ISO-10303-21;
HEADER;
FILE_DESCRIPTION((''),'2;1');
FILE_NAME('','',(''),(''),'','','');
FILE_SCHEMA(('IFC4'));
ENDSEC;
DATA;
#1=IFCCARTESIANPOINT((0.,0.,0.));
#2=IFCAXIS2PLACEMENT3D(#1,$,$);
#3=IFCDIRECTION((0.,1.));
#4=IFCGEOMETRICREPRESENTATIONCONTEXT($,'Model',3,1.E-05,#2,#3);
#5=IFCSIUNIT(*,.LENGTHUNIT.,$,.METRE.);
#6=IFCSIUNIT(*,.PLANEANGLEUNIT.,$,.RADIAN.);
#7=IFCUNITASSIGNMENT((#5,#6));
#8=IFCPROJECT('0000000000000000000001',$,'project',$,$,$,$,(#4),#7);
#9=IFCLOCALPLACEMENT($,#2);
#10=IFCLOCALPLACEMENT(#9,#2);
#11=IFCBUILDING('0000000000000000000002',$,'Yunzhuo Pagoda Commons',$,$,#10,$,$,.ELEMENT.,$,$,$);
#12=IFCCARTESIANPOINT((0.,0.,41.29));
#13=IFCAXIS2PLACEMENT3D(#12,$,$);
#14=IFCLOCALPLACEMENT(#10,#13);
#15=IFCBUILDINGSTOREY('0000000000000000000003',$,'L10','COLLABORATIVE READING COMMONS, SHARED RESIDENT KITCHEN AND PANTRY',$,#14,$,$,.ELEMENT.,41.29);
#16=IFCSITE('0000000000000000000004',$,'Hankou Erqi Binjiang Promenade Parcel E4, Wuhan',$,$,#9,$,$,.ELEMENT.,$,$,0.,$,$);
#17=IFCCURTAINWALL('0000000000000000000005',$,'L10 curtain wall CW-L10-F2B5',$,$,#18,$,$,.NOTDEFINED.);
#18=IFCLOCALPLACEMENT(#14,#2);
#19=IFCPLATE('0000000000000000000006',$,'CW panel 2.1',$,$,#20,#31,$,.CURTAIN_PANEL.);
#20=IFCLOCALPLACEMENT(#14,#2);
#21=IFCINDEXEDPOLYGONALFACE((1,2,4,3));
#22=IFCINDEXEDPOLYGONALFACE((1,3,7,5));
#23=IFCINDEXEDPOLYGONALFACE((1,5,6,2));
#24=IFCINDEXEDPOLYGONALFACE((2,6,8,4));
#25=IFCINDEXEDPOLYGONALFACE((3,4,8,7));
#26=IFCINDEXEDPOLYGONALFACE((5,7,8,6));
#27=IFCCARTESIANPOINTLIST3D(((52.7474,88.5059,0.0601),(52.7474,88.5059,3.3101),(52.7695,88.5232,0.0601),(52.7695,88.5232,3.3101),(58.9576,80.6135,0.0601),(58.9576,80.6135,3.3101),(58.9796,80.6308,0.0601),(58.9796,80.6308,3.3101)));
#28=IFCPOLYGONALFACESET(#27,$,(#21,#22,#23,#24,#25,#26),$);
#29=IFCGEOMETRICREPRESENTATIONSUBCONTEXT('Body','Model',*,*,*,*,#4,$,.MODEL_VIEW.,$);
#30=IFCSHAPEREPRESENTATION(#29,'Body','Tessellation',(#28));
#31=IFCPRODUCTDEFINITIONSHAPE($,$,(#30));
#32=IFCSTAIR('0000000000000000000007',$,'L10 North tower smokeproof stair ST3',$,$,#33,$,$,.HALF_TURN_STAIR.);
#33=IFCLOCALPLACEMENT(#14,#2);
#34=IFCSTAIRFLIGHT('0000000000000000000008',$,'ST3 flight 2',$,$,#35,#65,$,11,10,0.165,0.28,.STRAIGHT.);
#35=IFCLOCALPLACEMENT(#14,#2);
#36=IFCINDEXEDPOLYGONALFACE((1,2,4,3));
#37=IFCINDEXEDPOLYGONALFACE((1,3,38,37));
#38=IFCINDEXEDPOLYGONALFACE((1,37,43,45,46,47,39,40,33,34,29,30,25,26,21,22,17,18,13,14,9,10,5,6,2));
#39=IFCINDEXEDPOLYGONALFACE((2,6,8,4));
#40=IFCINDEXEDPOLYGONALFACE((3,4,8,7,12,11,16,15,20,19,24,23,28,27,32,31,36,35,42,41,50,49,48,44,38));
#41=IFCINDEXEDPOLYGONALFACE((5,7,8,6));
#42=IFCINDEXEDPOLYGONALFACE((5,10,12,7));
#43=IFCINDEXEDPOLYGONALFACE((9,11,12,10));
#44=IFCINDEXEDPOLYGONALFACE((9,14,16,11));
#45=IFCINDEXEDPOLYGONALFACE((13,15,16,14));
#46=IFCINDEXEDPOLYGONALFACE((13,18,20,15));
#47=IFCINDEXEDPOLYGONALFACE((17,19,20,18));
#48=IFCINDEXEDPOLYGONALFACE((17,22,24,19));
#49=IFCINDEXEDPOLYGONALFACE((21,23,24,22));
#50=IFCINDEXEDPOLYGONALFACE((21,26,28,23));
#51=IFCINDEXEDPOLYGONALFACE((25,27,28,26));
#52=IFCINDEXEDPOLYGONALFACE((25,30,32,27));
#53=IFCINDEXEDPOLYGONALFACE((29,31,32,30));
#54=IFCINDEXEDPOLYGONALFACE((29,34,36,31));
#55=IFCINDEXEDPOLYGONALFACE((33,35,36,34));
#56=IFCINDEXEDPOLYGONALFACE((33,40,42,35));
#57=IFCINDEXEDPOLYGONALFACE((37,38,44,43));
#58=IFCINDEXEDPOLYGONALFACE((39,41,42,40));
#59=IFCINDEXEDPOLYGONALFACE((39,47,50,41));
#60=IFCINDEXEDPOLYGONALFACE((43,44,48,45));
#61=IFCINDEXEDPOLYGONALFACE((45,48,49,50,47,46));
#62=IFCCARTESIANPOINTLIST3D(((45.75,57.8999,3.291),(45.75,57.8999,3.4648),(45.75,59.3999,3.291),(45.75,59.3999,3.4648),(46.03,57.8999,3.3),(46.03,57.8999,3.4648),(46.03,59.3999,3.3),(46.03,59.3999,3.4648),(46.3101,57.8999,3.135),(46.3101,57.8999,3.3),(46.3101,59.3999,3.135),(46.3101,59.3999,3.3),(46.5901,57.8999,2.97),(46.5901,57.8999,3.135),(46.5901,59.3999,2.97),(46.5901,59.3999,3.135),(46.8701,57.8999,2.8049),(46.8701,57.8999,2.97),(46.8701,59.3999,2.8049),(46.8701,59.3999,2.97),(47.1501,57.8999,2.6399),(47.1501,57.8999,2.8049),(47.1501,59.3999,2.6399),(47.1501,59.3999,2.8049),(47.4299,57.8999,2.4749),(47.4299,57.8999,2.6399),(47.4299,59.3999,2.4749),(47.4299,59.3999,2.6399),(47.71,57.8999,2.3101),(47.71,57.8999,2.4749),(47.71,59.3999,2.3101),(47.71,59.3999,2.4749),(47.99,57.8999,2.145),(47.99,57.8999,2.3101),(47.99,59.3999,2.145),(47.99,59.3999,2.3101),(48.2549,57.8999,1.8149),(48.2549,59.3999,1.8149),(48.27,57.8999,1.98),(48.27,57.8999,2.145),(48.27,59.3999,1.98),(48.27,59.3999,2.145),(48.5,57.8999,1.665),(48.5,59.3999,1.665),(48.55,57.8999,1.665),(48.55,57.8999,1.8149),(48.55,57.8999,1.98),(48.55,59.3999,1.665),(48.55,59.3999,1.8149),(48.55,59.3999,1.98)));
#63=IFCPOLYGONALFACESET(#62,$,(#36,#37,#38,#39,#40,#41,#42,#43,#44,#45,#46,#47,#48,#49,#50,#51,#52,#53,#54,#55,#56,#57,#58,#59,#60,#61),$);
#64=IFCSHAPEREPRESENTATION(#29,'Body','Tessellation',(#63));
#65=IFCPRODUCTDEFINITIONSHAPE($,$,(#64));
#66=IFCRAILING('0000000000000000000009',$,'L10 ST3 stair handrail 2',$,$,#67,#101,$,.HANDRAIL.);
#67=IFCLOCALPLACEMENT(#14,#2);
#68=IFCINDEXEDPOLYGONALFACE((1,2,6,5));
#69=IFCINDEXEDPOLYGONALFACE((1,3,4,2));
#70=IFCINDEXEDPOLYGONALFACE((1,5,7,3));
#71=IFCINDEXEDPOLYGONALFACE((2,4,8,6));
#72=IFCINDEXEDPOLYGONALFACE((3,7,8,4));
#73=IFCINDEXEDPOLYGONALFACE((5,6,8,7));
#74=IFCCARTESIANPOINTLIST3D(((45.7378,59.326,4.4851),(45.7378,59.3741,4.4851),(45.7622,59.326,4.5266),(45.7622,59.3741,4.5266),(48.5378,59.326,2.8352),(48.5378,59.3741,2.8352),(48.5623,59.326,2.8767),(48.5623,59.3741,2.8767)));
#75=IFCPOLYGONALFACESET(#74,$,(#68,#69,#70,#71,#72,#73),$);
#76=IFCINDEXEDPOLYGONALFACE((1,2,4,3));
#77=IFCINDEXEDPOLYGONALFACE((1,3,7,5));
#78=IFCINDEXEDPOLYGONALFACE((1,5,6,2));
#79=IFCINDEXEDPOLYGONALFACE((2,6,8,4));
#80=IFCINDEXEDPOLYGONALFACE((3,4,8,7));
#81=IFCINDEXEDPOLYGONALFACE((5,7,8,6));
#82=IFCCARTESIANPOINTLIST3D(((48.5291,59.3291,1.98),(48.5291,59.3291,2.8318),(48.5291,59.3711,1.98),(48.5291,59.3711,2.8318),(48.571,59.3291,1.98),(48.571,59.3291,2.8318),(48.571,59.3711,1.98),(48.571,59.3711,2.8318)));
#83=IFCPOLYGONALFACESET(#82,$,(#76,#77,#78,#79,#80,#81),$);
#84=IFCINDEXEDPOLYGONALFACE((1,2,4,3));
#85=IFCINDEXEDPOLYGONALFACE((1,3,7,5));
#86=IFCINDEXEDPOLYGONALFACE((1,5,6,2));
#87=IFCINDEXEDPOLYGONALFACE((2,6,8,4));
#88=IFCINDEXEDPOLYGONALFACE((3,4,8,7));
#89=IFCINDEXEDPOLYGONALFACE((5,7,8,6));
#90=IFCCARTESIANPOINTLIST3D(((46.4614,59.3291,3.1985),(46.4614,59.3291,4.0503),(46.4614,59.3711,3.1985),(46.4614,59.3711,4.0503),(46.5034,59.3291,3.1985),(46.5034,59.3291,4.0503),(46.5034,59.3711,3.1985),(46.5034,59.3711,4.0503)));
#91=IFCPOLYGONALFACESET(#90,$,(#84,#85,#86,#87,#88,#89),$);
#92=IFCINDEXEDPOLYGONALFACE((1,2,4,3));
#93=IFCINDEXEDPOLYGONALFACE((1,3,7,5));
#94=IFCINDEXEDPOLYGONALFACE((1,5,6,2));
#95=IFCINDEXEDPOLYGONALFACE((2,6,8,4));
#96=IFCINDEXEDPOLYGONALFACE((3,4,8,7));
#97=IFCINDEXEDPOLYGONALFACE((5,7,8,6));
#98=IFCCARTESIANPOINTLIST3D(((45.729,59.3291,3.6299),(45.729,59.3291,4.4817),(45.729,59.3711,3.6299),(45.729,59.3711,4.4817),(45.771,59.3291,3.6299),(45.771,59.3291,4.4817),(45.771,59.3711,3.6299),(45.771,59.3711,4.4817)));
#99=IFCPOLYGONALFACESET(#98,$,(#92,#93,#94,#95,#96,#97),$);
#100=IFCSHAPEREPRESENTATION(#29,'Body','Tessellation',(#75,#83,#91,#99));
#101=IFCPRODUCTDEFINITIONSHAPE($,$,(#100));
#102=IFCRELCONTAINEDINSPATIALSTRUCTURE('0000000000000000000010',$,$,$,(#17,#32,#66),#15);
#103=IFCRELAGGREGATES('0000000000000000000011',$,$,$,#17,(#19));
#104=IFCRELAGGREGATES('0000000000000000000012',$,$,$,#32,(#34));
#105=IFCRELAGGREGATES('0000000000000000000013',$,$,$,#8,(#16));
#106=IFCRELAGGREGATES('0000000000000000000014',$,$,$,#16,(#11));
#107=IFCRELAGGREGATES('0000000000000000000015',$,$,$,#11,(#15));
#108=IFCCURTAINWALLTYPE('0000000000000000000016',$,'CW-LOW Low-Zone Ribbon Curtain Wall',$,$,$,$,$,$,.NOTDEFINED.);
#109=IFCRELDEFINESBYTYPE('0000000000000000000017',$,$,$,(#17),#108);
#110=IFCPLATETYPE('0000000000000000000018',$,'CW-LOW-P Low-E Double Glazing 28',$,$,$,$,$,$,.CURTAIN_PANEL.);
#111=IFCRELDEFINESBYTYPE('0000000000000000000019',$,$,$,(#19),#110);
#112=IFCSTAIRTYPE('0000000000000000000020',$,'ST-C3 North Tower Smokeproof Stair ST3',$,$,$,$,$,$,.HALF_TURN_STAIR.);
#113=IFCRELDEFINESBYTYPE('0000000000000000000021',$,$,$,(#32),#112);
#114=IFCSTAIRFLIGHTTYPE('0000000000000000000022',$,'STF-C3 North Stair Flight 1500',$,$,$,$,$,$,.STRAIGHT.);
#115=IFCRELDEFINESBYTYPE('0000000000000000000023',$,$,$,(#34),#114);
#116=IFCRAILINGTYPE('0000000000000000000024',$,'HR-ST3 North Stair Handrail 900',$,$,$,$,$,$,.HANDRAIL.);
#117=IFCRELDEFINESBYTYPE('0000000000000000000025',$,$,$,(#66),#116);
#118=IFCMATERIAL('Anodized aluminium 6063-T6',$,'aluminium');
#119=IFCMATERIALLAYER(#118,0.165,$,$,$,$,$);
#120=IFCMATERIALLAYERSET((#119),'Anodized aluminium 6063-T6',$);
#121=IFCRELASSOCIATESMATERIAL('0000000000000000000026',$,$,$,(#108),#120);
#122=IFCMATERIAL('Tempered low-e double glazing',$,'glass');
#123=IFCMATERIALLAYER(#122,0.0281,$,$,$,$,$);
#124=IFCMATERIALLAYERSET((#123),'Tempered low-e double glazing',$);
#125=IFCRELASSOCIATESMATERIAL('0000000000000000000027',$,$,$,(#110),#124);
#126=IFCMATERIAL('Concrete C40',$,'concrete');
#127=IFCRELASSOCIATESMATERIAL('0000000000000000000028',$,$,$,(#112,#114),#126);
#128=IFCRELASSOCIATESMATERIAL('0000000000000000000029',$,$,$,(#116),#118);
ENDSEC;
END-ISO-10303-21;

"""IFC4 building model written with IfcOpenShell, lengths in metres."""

from ifc_helpers import new_model, si_unit, direction, frame, origin, origin_2d, place, context, subcontext, project, spatial, polyline, rectangle, outline, extrude, source, transform, mapped, material, layer, layer_set, type_object, element, aggregate, save


model = new_model("IFC4")

# Units and contexts
model_context = context("Model", 3, precision=1e-05, world=origin(), true_north=direction((0.0, 1.0)))
body_context = subcontext(model_context, "Body", "Model", "MODEL_VIEW")
ifc_project = project(units=[si_unit("LENGTHUNIT", "METRE"), si_unit("PLANEANGLEUNIT", "RADIAN")], contexts=[model_context])

# Site, building, storey
site_placement = place(None, origin())
site = spatial("IfcSite", under=ifc_project, at=site_placement, Name="Hankou Erqi Binjiang Promenade Parcel E4, Wuhan", CompositionType="ELEMENT", RefElevation=0.0)
building_placement = place(site_placement, origin())
building = spatial("IfcBuilding", under=site, at=building_placement, Name="Yunzhuo Pagoda Commons", CompositionType="ELEMENT")
storey_placement = place(building_placement, frame((0.0, 0.0, 41.29)))
storey = spatial("IfcBuildingStorey", under=building, at=storey_placement, Name="L10", Description="COLLABORATIVE READING COMMONS, SHARED RESIDENT KITCHEN AND PANTRY", CompositionType="ELEMENT", Elevation=41.29)

# Shared definitions
ifc_material_1 = material(Name="Anodized aluminium 6063-T6", Category="aluminium")
ifc_layer_1 = layer(ifc_material_1, 0.165)
ifc_layer_set_1 = layer_set([ifc_layer_1], Name="Anodized aluminium 6063-T6")
curtain_wall_type = type_object("IfcCurtainWallType", Name="CW-LOW Low-Zone Ribbon Curtain Wall", PredefinedType="NOTDEFINED", material=ifc_layer_set_1)

# Curtain wall
curtain_wall_1_placement = place(storey_placement, origin())
curtain_wall_1 = element("IfcCurtainWall", 1, at=curtain_wall_1_placement, inside=storey, type_object=curtain_wall_type, Name="L10 curtain wall CW-L10-F2B5", PredefinedType="NOTDEFINED")

# Shared definitions
ifc_material_2 = material(Name="Tempered low-e double glazing", Category="glass")
ifc_layer_2 = layer(ifc_material_2, 0.0281)
ifc_layer_set_2 = layer_set([ifc_layer_2], Name="Tempered low-e double glazing")
plate_type_1 = type_object("IfcPlateType", Name="CW-LOW-P Low-E Double Glazing 28", PredefinedType="CURTAIN_PANEL", material=ifc_layer_set_2)

# Plate
shared_shape_1 = source(origin(), body_context, "Body", "SweptSolid", [
    extrude(rectangle(XDim=10.0427, YDim=0.0281, at=origin_2d()), origin(), (0.0, 0.0, 1.0), 3.25),
])
plate_1_placement = place(storey_placement, frame((55.8635, 84.5684, 0.0601), z_axis=(0.0, 0.0, 1.0), x_axis=(-0.618375, 0.785883, 0.0)))
plate_1 = element("IfcPlate", 2, at=plate_1_placement, type_object=plate_type_1, Name="CW panel 2.1", PredefinedType="CURTAIN_PANEL", context=body_context, shape_type="MappedRepresentation", body=[
    mapped(shared_shape_1, transform((0.0, 0.0, 0.0), scale=1.0)),
])
aggregate(curtain_wall_1, [plate_1])

# Stair, stair flight
ifc_material_3 = material(Name="Concrete C40", Category="concrete")
stair_type = type_object("IfcStairType", Name="ST-C3 North Tower Smokeproof Stair ST3", PredefinedType="HALF_TURN_STAIR", material=ifc_material_3)
stair_placement = place(storey_placement, origin())
stair = element("IfcStair", 3, at=stair_placement, inside=storey, type_object=stair_type, Name="L10 North tower smokeproof stair ST3", PredefinedType="HALF_TURN_STAIR")
stair_flight_type = type_object("IfcStairFlightType", Name="STF-C3 North Stair Flight 1500", PredefinedType="STRAIGHT", material=ifc_material_3)
shared_shape_2 = source(origin(), body_context, "Body", "SweptSolid", [
    extrude(outline(polyline([(0.0, -0.1499), (0.0, 0.0), (0.0, 0.165), (0.28, 0.165), (0.28, 0.3301), (0.5601, 0.3301), (0.5601, 0.4951), (0.8401, 0.4951), (0.8401, 0.6599), (1.1201, 0.6599), (1.1201, 0.825), (1.3999, 0.825), (1.3999, 0.99), (1.6799, 0.99), (1.6799, 1.155), (1.96, 1.155), (1.96, 1.3201), (2.24, 1.3201), (2.24, 1.4851), (2.52, 1.4851), (2.52, 1.6499), (2.8, 1.6499), (2.8, 1.8149), (2.8, 1.4761), (0.2952, 0.0), (0.05, -0.1499), (0.0, -0.1499)])), frame((0.0, 0.75, 0.0), z_axis=(0.0, -1.0, 0.0), x_axis=(1.0, 0.0, 0.0)), (0.0, 0.0, 1.0), 1.5),
])
stair_flight_placement = place(storey_placement, frame((48.55, 58.6499, 1.8149), z_axis=(0.0, 0.0, 1.0), x_axis=(-1.0, 0.0, 0.0)))
stair_flight = element("IfcStairFlight", 4, at=stair_flight_placement, type_object=stair_flight_type, Name="ST3 flight 2", NumberOfRisers=11, NumberOfTreads=10, PredefinedType="STRAIGHT", RiserHeight=0.165, TreadLength=0.28, context=body_context, shape_type="MappedRepresentation", body=[
    mapped(shared_shape_2, transform((0.0, 0.0, 0.0), scale=1.0)),
])
aggregate(stair, [stair_flight])

# Railing
railing_type_1 = type_object("IfcRailingType", Name="HR-ST3 North Stair Handrail 900", PredefinedType="HANDRAIL", material=ifc_material_1)
railing_1_placement = place(storey_placement, frame((48.55, 59.3501, 1.98)))
element("IfcRailing", 5, at=railing_1_placement, inside=storey, type_object=railing_type_1, Name="L10 ST3 stair handrail 2", PredefinedType="HANDRAIL", context=body_context, shape_type="SweptSolid", body=[
    extrude(rectangle(XDim=0.0481, YDim=0.0481, at=origin_2d()), frame((0.0, 0.0, 0.876), z_axis=(-0.861555, 0.0, 0.507663), x_axis=(0.0, -1.0, 0.0)), (0.0, 0.0, 1.0), 3.25),
    extrude(rectangle(XDim=0.042, YDim=0.042, at=origin_2d()), origin(), (0.0, 0.0, 1.0), 0.8518),
    extrude(rectangle(XDim=0.042, YDim=0.042, at=origin_2d()), frame((-2.0676, 0.0, 1.2185)), (0.0, 0.0, 1.0), 0.8518),
    extrude(rectangle(XDim=0.042, YDim=0.042, at=origin_2d()), frame((-2.8, 0.0, 1.6499)), (0.0, 0.0, 1.0), 0.8518),
])

save(model, "model.ifc")
